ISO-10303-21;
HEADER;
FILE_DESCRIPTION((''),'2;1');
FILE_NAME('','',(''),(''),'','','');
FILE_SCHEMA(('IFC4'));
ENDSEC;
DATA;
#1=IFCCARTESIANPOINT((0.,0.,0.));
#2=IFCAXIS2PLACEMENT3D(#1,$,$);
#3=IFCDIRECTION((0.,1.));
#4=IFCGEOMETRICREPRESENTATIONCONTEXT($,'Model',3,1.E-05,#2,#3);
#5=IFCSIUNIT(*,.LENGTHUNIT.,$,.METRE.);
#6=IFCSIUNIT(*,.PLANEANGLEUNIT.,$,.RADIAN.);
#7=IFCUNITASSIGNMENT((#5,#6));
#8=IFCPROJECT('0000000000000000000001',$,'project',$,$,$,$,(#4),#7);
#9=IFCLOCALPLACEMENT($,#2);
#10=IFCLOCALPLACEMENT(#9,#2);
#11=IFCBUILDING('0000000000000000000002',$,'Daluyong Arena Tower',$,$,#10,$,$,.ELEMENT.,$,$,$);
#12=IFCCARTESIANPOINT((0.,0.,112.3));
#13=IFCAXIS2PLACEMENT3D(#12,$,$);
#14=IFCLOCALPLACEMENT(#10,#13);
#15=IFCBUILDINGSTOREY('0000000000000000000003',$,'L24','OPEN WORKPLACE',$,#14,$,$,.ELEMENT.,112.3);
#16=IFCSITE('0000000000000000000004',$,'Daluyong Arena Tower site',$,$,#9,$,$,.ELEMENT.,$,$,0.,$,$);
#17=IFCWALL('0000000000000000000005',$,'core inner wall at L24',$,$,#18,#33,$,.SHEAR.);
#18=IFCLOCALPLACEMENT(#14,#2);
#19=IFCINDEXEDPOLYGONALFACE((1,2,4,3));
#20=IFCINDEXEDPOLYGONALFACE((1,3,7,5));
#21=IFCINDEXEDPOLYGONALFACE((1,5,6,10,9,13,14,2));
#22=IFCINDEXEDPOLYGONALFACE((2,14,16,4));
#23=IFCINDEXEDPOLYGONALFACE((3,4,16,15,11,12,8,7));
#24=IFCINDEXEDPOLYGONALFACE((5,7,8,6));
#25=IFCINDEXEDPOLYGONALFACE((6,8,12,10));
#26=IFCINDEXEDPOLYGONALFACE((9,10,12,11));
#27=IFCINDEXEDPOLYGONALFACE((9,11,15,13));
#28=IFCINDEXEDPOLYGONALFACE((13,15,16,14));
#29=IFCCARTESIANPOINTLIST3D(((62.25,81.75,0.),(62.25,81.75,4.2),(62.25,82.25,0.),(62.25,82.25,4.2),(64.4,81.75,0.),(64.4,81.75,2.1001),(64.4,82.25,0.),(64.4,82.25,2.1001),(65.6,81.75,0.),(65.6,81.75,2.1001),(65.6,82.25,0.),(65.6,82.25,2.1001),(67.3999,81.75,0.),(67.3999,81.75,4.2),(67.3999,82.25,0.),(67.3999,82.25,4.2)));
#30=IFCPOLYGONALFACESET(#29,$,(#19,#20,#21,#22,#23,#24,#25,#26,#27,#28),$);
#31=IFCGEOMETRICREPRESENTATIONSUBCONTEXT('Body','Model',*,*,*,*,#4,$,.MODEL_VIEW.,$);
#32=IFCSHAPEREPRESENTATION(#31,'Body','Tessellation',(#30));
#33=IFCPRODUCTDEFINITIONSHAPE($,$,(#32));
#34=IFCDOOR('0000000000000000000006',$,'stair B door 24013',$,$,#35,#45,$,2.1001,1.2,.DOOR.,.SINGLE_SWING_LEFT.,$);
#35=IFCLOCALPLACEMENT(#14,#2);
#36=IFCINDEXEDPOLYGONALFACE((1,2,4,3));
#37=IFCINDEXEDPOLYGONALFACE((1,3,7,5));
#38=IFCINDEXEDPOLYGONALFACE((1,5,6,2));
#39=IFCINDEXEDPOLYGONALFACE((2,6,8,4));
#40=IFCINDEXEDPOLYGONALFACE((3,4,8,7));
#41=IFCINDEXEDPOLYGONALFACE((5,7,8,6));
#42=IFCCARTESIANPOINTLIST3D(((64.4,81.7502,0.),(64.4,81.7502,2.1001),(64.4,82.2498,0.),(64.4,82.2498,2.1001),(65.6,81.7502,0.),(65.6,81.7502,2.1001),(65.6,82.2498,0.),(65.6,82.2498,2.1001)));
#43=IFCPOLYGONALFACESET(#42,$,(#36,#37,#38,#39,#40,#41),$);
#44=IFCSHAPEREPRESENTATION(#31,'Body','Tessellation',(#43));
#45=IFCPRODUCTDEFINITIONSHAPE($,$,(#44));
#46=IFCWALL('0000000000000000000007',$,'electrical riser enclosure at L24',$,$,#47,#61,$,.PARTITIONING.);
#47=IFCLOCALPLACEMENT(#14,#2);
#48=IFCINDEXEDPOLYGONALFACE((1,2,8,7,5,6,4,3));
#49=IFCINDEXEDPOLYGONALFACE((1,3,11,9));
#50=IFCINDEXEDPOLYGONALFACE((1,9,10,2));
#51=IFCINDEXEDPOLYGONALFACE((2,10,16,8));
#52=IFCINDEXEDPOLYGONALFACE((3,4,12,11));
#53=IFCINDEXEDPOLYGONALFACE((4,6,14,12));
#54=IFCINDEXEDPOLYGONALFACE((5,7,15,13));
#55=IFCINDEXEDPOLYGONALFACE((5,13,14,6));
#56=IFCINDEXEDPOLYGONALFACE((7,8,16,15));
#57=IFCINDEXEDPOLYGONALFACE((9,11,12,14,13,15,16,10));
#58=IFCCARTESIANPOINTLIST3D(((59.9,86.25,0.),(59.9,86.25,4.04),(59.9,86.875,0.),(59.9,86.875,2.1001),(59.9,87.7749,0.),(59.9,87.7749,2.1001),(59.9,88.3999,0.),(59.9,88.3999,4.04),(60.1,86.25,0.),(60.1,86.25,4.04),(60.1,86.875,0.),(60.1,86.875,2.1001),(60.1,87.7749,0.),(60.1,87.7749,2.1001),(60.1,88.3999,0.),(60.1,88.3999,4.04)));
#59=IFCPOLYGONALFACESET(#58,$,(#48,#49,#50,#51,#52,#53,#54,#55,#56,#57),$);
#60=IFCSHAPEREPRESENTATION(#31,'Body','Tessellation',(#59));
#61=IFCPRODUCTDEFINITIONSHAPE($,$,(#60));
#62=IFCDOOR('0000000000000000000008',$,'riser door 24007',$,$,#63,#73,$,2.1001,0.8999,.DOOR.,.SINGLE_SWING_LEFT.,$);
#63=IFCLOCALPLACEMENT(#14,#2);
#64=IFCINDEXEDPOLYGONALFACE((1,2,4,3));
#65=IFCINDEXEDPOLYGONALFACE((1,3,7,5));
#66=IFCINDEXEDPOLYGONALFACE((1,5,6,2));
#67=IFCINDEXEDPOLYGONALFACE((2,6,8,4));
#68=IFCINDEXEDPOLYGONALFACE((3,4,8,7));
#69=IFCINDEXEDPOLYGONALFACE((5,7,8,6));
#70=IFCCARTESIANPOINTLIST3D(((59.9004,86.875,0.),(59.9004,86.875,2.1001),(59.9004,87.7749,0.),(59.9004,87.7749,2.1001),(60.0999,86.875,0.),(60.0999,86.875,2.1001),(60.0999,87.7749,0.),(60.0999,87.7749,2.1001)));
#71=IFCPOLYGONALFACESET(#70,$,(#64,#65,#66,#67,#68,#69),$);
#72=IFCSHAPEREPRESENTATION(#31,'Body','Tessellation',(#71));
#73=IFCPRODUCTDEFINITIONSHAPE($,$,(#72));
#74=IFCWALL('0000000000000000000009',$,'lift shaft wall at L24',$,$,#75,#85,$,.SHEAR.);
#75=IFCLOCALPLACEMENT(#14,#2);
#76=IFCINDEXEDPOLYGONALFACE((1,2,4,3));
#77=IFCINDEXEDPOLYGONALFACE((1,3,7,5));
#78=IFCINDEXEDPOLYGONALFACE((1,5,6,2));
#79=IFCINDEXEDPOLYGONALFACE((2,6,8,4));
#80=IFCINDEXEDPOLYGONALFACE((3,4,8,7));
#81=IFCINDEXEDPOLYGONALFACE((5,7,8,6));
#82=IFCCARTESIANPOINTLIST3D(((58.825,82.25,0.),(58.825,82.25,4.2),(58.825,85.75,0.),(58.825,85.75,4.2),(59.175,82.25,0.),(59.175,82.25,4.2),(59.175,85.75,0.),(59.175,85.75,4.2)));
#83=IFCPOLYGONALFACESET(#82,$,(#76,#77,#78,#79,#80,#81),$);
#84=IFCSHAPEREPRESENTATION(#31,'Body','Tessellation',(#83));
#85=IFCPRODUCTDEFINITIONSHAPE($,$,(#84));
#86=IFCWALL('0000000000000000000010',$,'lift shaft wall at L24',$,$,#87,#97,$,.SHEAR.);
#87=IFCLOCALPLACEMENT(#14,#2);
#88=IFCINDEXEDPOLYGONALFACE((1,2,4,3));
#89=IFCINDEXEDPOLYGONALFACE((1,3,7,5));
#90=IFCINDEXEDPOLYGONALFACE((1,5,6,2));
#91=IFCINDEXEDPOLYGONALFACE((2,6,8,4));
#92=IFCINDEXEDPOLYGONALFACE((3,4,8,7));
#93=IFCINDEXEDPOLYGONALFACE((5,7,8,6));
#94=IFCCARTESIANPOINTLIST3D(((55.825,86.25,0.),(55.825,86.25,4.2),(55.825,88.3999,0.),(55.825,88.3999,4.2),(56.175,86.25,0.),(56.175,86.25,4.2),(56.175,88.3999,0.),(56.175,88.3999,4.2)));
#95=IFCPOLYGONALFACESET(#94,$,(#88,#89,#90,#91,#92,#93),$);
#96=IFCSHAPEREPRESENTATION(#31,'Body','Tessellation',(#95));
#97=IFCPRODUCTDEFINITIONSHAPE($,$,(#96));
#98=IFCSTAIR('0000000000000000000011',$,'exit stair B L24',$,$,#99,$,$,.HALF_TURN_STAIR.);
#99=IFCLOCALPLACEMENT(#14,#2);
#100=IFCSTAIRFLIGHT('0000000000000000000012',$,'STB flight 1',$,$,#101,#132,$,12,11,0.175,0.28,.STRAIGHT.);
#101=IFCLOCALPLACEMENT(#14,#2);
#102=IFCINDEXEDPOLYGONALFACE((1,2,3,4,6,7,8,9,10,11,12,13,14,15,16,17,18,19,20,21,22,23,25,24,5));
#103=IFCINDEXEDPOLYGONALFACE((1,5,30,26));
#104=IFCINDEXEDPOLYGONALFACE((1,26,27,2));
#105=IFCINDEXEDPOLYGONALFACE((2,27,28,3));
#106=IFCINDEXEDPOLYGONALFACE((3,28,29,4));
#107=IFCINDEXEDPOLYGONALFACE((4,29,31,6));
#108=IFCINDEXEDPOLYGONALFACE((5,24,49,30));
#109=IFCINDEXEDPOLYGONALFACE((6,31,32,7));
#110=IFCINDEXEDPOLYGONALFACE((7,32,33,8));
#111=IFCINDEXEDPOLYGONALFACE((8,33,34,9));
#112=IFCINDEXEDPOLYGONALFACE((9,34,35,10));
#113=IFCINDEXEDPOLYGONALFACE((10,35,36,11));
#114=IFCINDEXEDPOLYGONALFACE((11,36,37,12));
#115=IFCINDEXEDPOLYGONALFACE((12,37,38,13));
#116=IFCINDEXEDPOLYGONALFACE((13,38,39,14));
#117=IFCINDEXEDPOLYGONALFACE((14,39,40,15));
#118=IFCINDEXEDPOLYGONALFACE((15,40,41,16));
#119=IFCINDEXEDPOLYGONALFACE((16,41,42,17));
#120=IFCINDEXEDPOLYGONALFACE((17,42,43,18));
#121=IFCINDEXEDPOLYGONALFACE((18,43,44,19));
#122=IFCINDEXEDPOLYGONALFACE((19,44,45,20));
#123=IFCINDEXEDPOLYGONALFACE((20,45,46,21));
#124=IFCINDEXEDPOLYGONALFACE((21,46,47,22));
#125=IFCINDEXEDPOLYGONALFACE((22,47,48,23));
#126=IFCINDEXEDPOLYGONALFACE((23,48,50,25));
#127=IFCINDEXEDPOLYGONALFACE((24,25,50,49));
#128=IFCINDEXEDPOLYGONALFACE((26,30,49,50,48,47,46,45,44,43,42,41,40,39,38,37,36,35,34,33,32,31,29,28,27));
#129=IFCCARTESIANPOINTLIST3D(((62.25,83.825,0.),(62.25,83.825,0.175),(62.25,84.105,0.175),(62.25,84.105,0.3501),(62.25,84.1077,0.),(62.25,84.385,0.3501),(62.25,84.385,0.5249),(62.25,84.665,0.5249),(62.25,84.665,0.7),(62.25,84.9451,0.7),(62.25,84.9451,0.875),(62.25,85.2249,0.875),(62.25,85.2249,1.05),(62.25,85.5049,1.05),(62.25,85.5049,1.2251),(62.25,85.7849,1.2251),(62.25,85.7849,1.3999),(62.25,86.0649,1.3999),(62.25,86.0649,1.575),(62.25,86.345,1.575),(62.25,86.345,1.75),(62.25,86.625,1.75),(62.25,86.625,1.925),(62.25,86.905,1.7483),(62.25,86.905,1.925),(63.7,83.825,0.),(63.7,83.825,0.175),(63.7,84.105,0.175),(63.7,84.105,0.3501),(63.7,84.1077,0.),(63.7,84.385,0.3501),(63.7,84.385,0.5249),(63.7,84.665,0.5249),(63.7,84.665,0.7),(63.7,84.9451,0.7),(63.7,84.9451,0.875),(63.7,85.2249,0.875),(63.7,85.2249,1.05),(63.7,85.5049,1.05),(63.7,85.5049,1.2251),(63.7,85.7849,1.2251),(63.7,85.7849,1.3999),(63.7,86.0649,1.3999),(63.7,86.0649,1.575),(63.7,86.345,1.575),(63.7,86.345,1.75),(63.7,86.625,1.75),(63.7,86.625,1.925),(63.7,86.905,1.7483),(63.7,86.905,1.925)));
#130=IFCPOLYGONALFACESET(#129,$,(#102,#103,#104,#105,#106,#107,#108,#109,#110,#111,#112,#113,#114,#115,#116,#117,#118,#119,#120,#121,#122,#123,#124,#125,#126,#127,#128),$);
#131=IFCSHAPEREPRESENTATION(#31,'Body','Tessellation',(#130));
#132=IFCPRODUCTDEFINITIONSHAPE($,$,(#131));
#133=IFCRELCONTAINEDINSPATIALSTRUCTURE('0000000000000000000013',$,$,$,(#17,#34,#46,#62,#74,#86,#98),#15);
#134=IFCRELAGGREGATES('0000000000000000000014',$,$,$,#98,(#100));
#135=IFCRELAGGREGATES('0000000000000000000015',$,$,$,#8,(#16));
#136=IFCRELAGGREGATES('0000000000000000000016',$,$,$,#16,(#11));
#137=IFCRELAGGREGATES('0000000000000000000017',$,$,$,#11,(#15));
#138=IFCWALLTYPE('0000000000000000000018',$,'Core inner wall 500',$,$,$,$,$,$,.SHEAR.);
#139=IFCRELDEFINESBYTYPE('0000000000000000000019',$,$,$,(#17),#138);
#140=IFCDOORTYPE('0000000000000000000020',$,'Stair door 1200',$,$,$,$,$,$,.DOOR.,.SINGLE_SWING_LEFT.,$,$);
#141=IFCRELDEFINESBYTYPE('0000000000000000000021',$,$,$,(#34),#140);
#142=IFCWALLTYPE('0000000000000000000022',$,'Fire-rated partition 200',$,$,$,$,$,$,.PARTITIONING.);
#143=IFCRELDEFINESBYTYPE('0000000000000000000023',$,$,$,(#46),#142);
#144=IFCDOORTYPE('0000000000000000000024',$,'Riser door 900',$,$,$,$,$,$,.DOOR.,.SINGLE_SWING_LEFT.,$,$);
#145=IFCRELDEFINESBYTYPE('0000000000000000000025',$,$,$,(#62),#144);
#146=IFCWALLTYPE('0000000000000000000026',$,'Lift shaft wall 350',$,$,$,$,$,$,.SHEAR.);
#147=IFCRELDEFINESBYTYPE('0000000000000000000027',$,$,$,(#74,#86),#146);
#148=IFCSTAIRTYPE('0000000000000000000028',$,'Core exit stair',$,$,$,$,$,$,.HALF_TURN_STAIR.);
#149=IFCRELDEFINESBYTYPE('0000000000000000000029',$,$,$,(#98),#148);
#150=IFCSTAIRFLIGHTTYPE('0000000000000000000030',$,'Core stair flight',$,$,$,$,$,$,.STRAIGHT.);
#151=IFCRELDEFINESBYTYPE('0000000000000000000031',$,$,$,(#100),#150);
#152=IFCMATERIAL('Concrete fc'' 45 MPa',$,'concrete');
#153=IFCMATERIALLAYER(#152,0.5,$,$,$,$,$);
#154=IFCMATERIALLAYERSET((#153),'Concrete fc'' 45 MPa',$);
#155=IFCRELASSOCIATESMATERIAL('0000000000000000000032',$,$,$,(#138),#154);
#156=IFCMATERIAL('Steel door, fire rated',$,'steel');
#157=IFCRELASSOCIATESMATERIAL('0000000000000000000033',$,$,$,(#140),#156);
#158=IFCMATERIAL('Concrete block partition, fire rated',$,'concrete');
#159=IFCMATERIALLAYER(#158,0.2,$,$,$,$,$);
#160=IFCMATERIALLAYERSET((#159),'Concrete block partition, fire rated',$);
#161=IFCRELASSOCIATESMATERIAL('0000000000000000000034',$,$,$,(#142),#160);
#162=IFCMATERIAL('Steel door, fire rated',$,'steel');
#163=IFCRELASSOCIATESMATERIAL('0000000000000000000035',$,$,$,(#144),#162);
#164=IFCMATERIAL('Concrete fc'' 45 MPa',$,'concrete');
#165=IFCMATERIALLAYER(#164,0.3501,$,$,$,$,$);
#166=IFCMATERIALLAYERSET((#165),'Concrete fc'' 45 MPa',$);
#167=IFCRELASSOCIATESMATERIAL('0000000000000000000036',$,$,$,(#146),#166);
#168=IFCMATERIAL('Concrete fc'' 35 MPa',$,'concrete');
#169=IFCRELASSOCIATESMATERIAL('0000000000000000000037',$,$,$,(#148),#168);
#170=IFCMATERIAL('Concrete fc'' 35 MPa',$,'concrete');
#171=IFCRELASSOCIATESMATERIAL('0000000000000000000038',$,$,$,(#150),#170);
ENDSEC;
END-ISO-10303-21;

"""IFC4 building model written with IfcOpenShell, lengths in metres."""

from ifc_helpers import new_model, si_unit, direction, frame, frame_2d, origin, place, context, subcontext, project, spatial, polyline, rectangle, outline, extrude, material, layer, layer_set, type_object, element, fill, aggregate, save


model = new_model("IFC4")

# Units and contexts
model_context = context("Model", 3, precision=1e-05, world=origin(), true_north=direction((0.0, 1.0)))
body_context = subcontext(model_context, "Body", "Model", "MODEL_VIEW")
ifc_project = project(units=[si_unit("LENGTHUNIT", "METRE"), si_unit("PLANEANGLEUNIT", "RADIAN")], contexts=[model_context])

# Site, building, storey
site_placement = place(None, origin())
site = spatial("IfcSite", under=ifc_project, at=site_placement, Name="Daluyong Arena Tower site", CompositionType="ELEMENT", RefElevation=0.0)
building_placement = place(site_placement, origin())
building = spatial("IfcBuilding", under=site, at=building_placement, Name="Daluyong Arena Tower", CompositionType="ELEMENT")
storey_placement = place(building_placement, frame((0.0, 0.0, 112.3)))
storey = spatial("IfcBuildingStorey", under=building, at=storey_placement, Name="L24", Description="OPEN WORKPLACE", CompositionType="ELEMENT", Elevation=112.3)

# Walls, openings, doors
ifc_material_1 = material(Name="Concrete fc' 45 MPa", Category="concrete")
ifc_layer_1 = layer(ifc_material_1, 0.5)
ifc_layer_set_1 = layer_set([ifc_layer_1], Name="Concrete fc' 45 MPa")
wall_type_1 = type_object("IfcWallType", Name="Core inner wall 500", PredefinedType="SHEAR", material=ifc_layer_set_1)
wall_1_placement = place(storey_placement, frame((62.25, 82.0, 0.0), z_axis=(0.0, 0.0, 1.0), x_axis=(1.0, 0.0, 0.0)))
wall_1 = element("IfcWall", 1, at=wall_1_placement, inside=storey, type_object=wall_type_1, Name="core inner wall at L24", PredefinedType="SHEAR", context=body_context, shape_type="SweptSolid", body=[
    extrude(rectangle(XDim=5.1499, YDim=0.5, at=frame_2d((2.575, 0.0))), origin(), (0.0, 0.0, 1.0), 4.2),
])
opening_1_placement = place(wall_1_placement, frame((2.1499, 0.0, 0.0)))
opening_1 = element("IfcOpeningElement", 2, at=opening_1_placement, cuts=wall_1, PredefinedType="OPENING", context=body_context, shape_type="SweptSolid", body=[
    extrude(rectangle(XDim=1.2, YDim=2.1001, at=frame_2d((0.6001, 1.05))), frame((0.0, 0.26, 0.0), z_axis=(0.0, -1.0, 0.0), x_axis=(1.0, 0.0, 0.0)), (0.0, 0.0, 1.0), 0.52),
])
ifc_material_2 = material(Name="Steel door, fire rated", Category="steel")
door_type_1 = type_object("IfcDoorType", Name="Stair door 1200", OperationType="SINGLE_SWING_LEFT", PredefinedType="DOOR", material=ifc_material_2)
door_1_placement = place(opening_1_placement, origin())
door_1 = element("IfcDoor", 3, at=door_1_placement, inside=storey, type_object=door_type_1, Name="stair B door 24013", OperationType="SINGLE_SWING_LEFT", OverallHeight=2.1001, OverallWidth=1.2, PredefinedType="DOOR", context=body_context, shape_type="SweptSolid", body=[
    extrude(rectangle(XDim=1.2, YDim=2.1001, at=frame_2d((0.6001, 1.05))), frame((0.0, 0.2498, 0.0), z_axis=(0.0, -1.0, 0.0), x_axis=(1.0, 0.0, 0.0)), (0.0, 0.0, 1.0), 0.4995),
])
fill(opening_1, door_1)
ifc_material_3 = material(Name="Concrete block partition, fire rated", Category="concrete")
ifc_layer_2 = layer(ifc_material_3, 0.2)
ifc_layer_set_2 = layer_set([ifc_layer_2], Name="Concrete block partition, fire rated")
wall_type_2 = type_object("IfcWallType", Name="Fire-rated partition 200", PredefinedType="PARTITIONING", material=ifc_layer_set_2)
wall_2_placement = place(storey_placement, frame((60.0, 86.25, 0.0), z_axis=(0.0, 0.0, 1.0), x_axis=(0.0, 1.0, 0.0)))
wall_2 = element("IfcWall", 4, at=wall_2_placement, inside=storey, type_object=wall_type_2, Name="electrical riser enclosure at L24", PredefinedType="PARTITIONING", context=body_context, shape_type="SweptSolid", body=[
    extrude(rectangle(XDim=2.1499, YDim=0.2, at=frame_2d((1.075, 0.0))), origin(), (0.0, 0.0, 1.0), 4.04),
])
opening_2_placement = place(wall_2_placement, frame((0.625, 0.0, 0.0)))
opening_2 = element("IfcOpeningElement", 5, at=opening_2_placement, cuts=wall_2, PredefinedType="OPENING", context=body_context, shape_type="SweptSolid", body=[
    extrude(rectangle(XDim=0.8999, YDim=2.1001, at=frame_2d((0.45, 1.05))), frame((0.0, 0.1099, 0.0), z_axis=(0.0, -1.0, 0.0), x_axis=(1.0, 0.0, 0.0)), (0.0, 0.0, 1.0), 0.22),
])
ifc_material_4 = material(Name="Steel door, fire rated", Category="steel")
door_type_2 = type_object("IfcDoorType", Name="Riser door 900", OperationType="SINGLE_SWING_LEFT", PredefinedType="DOOR", material=ifc_material_4)
door_2_placement = place(opening_2_placement, origin())
door_2 = element("IfcDoor", 6, at=door_2_placement, inside=storey, type_object=door_type_2, Name="riser door 24007", OperationType="SINGLE_SWING_LEFT", OverallHeight=2.1001, OverallWidth=0.8999, PredefinedType="DOOR", context=body_context, shape_type="SweptSolid", body=[
    extrude(rectangle(XDim=0.8999, YDim=2.1001, at=frame_2d((0.45, 1.05))), frame((0.0, 0.0996, 0.0), z_axis=(0.0, -1.0, 0.0), x_axis=(1.0, 0.0, 0.0)), (0.0, 0.0, 1.0), 0.1995),
])
fill(opening_2, door_2)

# Walls
ifc_material_5 = material(Name="Concrete fc' 45 MPa", Category="concrete")
ifc_layer_3 = layer(ifc_material_5, 0.3501)
ifc_layer_set_3 = layer_set([ifc_layer_3], Name="Concrete fc' 45 MPa")
wall_type_3 = type_object("IfcWallType", Name="Lift shaft wall 350", PredefinedType="SHEAR", material=ifc_layer_set_3)
wall_3_placement = place(storey_placement, frame((59.0, 82.25, 0.0), z_axis=(0.0, 0.0, 1.0), x_axis=(0.0, 1.0, 0.0)))
element("IfcWall", 7, at=wall_3_placement, inside=storey, type_object=wall_type_3, Name="lift shaft wall at L24", PredefinedType="SHEAR", context=body_context, shape_type="SweptSolid", body=[
    extrude(rectangle(XDim=3.5, YDim=0.3501, at=frame_2d((1.75, 0.0))), origin(), (0.0, 0.0, 1.0), 4.2),
])
wall_4_placement = place(storey_placement, frame((56.0, 86.25, 0.0), z_axis=(0.0, 0.0, 1.0), x_axis=(0.0, 1.0, 0.0)))
element("IfcWall", 8, at=wall_4_placement, inside=storey, type_object=wall_type_3, Name="lift shaft wall at L24", PredefinedType="SHEAR", context=body_context, shape_type="SweptSolid", body=[
    extrude(rectangle(XDim=2.1499, YDim=0.3501, at=frame_2d((1.075, 0.0))), origin(), (0.0, 0.0, 1.0), 4.2),
])

# Stair, stair flight
ifc_material_6 = material(Name="Concrete fc' 35 MPa", Category="concrete")
stair_type = type_object("IfcStairType", Name="Core exit stair", PredefinedType="HALF_TURN_STAIR", material=ifc_material_6)
stair_placement = place(storey_placement, origin())
stair = element("IfcStair", 9, at=stair_placement, inside=storey, type_object=stair_type, Name="exit stair B L24", PredefinedType="HALF_TURN_STAIR")
ifc_material_7 = material(Name="Concrete fc' 35 MPa", Category="concrete")
stair_flight_type = type_object("IfcStairFlightType", Name="Core stair flight", PredefinedType="STRAIGHT", material=ifc_material_7)
stair_flight_placement = place(storey_placement, frame((62.9751, 83.825, 0.0), z_axis=(0.0, 0.0, 1.0), x_axis=(0.0, 1.0, 0.0)))
stair_flight = element("IfcStairFlight", 10, at=stair_flight_placement, type_object=stair_flight_type, Name="STB flight 1", NumberOfRisers=12, NumberOfTreads=11, PredefinedType="STRAIGHT", RiserHeight=0.175, TreadLength=0.28, context=body_context, shape_type="SweptSolid", body=[
    extrude(outline(polyline([(0.0, 0.0), (0.0, 0.175), (0.28, 0.175), (0.28, 0.3501), (0.5601, 0.3501), (0.5601, 0.5249), (0.8401, 0.5249), (0.8401, 0.7), (1.1201, 0.7), (1.1201, 0.875), (1.3999, 0.875), (1.3999, 1.05), (1.6799, 1.05), (1.6799, 1.2251), (1.96, 1.2251), (1.96, 1.3999), (2.24, 1.3999), (2.24, 1.575), (2.52, 1.575), (2.52, 1.75), (2.8, 1.75), (2.8, 1.925), (3.0801, 1.925), (3.0801, 2.1001), (3.0801, 1.7483), (0.2827, 0.0), (0.0, 0.0)])), frame((0.0, 0.7251, 0.0), z_axis=(0.0, -1.0, 0.0), x_axis=(1.0, 0.0, 0.0)), (0.0, 0.0, 1.0), 1.45),
])
aggregate(stair, [stair_flight])

save(model, "model.ifc")
